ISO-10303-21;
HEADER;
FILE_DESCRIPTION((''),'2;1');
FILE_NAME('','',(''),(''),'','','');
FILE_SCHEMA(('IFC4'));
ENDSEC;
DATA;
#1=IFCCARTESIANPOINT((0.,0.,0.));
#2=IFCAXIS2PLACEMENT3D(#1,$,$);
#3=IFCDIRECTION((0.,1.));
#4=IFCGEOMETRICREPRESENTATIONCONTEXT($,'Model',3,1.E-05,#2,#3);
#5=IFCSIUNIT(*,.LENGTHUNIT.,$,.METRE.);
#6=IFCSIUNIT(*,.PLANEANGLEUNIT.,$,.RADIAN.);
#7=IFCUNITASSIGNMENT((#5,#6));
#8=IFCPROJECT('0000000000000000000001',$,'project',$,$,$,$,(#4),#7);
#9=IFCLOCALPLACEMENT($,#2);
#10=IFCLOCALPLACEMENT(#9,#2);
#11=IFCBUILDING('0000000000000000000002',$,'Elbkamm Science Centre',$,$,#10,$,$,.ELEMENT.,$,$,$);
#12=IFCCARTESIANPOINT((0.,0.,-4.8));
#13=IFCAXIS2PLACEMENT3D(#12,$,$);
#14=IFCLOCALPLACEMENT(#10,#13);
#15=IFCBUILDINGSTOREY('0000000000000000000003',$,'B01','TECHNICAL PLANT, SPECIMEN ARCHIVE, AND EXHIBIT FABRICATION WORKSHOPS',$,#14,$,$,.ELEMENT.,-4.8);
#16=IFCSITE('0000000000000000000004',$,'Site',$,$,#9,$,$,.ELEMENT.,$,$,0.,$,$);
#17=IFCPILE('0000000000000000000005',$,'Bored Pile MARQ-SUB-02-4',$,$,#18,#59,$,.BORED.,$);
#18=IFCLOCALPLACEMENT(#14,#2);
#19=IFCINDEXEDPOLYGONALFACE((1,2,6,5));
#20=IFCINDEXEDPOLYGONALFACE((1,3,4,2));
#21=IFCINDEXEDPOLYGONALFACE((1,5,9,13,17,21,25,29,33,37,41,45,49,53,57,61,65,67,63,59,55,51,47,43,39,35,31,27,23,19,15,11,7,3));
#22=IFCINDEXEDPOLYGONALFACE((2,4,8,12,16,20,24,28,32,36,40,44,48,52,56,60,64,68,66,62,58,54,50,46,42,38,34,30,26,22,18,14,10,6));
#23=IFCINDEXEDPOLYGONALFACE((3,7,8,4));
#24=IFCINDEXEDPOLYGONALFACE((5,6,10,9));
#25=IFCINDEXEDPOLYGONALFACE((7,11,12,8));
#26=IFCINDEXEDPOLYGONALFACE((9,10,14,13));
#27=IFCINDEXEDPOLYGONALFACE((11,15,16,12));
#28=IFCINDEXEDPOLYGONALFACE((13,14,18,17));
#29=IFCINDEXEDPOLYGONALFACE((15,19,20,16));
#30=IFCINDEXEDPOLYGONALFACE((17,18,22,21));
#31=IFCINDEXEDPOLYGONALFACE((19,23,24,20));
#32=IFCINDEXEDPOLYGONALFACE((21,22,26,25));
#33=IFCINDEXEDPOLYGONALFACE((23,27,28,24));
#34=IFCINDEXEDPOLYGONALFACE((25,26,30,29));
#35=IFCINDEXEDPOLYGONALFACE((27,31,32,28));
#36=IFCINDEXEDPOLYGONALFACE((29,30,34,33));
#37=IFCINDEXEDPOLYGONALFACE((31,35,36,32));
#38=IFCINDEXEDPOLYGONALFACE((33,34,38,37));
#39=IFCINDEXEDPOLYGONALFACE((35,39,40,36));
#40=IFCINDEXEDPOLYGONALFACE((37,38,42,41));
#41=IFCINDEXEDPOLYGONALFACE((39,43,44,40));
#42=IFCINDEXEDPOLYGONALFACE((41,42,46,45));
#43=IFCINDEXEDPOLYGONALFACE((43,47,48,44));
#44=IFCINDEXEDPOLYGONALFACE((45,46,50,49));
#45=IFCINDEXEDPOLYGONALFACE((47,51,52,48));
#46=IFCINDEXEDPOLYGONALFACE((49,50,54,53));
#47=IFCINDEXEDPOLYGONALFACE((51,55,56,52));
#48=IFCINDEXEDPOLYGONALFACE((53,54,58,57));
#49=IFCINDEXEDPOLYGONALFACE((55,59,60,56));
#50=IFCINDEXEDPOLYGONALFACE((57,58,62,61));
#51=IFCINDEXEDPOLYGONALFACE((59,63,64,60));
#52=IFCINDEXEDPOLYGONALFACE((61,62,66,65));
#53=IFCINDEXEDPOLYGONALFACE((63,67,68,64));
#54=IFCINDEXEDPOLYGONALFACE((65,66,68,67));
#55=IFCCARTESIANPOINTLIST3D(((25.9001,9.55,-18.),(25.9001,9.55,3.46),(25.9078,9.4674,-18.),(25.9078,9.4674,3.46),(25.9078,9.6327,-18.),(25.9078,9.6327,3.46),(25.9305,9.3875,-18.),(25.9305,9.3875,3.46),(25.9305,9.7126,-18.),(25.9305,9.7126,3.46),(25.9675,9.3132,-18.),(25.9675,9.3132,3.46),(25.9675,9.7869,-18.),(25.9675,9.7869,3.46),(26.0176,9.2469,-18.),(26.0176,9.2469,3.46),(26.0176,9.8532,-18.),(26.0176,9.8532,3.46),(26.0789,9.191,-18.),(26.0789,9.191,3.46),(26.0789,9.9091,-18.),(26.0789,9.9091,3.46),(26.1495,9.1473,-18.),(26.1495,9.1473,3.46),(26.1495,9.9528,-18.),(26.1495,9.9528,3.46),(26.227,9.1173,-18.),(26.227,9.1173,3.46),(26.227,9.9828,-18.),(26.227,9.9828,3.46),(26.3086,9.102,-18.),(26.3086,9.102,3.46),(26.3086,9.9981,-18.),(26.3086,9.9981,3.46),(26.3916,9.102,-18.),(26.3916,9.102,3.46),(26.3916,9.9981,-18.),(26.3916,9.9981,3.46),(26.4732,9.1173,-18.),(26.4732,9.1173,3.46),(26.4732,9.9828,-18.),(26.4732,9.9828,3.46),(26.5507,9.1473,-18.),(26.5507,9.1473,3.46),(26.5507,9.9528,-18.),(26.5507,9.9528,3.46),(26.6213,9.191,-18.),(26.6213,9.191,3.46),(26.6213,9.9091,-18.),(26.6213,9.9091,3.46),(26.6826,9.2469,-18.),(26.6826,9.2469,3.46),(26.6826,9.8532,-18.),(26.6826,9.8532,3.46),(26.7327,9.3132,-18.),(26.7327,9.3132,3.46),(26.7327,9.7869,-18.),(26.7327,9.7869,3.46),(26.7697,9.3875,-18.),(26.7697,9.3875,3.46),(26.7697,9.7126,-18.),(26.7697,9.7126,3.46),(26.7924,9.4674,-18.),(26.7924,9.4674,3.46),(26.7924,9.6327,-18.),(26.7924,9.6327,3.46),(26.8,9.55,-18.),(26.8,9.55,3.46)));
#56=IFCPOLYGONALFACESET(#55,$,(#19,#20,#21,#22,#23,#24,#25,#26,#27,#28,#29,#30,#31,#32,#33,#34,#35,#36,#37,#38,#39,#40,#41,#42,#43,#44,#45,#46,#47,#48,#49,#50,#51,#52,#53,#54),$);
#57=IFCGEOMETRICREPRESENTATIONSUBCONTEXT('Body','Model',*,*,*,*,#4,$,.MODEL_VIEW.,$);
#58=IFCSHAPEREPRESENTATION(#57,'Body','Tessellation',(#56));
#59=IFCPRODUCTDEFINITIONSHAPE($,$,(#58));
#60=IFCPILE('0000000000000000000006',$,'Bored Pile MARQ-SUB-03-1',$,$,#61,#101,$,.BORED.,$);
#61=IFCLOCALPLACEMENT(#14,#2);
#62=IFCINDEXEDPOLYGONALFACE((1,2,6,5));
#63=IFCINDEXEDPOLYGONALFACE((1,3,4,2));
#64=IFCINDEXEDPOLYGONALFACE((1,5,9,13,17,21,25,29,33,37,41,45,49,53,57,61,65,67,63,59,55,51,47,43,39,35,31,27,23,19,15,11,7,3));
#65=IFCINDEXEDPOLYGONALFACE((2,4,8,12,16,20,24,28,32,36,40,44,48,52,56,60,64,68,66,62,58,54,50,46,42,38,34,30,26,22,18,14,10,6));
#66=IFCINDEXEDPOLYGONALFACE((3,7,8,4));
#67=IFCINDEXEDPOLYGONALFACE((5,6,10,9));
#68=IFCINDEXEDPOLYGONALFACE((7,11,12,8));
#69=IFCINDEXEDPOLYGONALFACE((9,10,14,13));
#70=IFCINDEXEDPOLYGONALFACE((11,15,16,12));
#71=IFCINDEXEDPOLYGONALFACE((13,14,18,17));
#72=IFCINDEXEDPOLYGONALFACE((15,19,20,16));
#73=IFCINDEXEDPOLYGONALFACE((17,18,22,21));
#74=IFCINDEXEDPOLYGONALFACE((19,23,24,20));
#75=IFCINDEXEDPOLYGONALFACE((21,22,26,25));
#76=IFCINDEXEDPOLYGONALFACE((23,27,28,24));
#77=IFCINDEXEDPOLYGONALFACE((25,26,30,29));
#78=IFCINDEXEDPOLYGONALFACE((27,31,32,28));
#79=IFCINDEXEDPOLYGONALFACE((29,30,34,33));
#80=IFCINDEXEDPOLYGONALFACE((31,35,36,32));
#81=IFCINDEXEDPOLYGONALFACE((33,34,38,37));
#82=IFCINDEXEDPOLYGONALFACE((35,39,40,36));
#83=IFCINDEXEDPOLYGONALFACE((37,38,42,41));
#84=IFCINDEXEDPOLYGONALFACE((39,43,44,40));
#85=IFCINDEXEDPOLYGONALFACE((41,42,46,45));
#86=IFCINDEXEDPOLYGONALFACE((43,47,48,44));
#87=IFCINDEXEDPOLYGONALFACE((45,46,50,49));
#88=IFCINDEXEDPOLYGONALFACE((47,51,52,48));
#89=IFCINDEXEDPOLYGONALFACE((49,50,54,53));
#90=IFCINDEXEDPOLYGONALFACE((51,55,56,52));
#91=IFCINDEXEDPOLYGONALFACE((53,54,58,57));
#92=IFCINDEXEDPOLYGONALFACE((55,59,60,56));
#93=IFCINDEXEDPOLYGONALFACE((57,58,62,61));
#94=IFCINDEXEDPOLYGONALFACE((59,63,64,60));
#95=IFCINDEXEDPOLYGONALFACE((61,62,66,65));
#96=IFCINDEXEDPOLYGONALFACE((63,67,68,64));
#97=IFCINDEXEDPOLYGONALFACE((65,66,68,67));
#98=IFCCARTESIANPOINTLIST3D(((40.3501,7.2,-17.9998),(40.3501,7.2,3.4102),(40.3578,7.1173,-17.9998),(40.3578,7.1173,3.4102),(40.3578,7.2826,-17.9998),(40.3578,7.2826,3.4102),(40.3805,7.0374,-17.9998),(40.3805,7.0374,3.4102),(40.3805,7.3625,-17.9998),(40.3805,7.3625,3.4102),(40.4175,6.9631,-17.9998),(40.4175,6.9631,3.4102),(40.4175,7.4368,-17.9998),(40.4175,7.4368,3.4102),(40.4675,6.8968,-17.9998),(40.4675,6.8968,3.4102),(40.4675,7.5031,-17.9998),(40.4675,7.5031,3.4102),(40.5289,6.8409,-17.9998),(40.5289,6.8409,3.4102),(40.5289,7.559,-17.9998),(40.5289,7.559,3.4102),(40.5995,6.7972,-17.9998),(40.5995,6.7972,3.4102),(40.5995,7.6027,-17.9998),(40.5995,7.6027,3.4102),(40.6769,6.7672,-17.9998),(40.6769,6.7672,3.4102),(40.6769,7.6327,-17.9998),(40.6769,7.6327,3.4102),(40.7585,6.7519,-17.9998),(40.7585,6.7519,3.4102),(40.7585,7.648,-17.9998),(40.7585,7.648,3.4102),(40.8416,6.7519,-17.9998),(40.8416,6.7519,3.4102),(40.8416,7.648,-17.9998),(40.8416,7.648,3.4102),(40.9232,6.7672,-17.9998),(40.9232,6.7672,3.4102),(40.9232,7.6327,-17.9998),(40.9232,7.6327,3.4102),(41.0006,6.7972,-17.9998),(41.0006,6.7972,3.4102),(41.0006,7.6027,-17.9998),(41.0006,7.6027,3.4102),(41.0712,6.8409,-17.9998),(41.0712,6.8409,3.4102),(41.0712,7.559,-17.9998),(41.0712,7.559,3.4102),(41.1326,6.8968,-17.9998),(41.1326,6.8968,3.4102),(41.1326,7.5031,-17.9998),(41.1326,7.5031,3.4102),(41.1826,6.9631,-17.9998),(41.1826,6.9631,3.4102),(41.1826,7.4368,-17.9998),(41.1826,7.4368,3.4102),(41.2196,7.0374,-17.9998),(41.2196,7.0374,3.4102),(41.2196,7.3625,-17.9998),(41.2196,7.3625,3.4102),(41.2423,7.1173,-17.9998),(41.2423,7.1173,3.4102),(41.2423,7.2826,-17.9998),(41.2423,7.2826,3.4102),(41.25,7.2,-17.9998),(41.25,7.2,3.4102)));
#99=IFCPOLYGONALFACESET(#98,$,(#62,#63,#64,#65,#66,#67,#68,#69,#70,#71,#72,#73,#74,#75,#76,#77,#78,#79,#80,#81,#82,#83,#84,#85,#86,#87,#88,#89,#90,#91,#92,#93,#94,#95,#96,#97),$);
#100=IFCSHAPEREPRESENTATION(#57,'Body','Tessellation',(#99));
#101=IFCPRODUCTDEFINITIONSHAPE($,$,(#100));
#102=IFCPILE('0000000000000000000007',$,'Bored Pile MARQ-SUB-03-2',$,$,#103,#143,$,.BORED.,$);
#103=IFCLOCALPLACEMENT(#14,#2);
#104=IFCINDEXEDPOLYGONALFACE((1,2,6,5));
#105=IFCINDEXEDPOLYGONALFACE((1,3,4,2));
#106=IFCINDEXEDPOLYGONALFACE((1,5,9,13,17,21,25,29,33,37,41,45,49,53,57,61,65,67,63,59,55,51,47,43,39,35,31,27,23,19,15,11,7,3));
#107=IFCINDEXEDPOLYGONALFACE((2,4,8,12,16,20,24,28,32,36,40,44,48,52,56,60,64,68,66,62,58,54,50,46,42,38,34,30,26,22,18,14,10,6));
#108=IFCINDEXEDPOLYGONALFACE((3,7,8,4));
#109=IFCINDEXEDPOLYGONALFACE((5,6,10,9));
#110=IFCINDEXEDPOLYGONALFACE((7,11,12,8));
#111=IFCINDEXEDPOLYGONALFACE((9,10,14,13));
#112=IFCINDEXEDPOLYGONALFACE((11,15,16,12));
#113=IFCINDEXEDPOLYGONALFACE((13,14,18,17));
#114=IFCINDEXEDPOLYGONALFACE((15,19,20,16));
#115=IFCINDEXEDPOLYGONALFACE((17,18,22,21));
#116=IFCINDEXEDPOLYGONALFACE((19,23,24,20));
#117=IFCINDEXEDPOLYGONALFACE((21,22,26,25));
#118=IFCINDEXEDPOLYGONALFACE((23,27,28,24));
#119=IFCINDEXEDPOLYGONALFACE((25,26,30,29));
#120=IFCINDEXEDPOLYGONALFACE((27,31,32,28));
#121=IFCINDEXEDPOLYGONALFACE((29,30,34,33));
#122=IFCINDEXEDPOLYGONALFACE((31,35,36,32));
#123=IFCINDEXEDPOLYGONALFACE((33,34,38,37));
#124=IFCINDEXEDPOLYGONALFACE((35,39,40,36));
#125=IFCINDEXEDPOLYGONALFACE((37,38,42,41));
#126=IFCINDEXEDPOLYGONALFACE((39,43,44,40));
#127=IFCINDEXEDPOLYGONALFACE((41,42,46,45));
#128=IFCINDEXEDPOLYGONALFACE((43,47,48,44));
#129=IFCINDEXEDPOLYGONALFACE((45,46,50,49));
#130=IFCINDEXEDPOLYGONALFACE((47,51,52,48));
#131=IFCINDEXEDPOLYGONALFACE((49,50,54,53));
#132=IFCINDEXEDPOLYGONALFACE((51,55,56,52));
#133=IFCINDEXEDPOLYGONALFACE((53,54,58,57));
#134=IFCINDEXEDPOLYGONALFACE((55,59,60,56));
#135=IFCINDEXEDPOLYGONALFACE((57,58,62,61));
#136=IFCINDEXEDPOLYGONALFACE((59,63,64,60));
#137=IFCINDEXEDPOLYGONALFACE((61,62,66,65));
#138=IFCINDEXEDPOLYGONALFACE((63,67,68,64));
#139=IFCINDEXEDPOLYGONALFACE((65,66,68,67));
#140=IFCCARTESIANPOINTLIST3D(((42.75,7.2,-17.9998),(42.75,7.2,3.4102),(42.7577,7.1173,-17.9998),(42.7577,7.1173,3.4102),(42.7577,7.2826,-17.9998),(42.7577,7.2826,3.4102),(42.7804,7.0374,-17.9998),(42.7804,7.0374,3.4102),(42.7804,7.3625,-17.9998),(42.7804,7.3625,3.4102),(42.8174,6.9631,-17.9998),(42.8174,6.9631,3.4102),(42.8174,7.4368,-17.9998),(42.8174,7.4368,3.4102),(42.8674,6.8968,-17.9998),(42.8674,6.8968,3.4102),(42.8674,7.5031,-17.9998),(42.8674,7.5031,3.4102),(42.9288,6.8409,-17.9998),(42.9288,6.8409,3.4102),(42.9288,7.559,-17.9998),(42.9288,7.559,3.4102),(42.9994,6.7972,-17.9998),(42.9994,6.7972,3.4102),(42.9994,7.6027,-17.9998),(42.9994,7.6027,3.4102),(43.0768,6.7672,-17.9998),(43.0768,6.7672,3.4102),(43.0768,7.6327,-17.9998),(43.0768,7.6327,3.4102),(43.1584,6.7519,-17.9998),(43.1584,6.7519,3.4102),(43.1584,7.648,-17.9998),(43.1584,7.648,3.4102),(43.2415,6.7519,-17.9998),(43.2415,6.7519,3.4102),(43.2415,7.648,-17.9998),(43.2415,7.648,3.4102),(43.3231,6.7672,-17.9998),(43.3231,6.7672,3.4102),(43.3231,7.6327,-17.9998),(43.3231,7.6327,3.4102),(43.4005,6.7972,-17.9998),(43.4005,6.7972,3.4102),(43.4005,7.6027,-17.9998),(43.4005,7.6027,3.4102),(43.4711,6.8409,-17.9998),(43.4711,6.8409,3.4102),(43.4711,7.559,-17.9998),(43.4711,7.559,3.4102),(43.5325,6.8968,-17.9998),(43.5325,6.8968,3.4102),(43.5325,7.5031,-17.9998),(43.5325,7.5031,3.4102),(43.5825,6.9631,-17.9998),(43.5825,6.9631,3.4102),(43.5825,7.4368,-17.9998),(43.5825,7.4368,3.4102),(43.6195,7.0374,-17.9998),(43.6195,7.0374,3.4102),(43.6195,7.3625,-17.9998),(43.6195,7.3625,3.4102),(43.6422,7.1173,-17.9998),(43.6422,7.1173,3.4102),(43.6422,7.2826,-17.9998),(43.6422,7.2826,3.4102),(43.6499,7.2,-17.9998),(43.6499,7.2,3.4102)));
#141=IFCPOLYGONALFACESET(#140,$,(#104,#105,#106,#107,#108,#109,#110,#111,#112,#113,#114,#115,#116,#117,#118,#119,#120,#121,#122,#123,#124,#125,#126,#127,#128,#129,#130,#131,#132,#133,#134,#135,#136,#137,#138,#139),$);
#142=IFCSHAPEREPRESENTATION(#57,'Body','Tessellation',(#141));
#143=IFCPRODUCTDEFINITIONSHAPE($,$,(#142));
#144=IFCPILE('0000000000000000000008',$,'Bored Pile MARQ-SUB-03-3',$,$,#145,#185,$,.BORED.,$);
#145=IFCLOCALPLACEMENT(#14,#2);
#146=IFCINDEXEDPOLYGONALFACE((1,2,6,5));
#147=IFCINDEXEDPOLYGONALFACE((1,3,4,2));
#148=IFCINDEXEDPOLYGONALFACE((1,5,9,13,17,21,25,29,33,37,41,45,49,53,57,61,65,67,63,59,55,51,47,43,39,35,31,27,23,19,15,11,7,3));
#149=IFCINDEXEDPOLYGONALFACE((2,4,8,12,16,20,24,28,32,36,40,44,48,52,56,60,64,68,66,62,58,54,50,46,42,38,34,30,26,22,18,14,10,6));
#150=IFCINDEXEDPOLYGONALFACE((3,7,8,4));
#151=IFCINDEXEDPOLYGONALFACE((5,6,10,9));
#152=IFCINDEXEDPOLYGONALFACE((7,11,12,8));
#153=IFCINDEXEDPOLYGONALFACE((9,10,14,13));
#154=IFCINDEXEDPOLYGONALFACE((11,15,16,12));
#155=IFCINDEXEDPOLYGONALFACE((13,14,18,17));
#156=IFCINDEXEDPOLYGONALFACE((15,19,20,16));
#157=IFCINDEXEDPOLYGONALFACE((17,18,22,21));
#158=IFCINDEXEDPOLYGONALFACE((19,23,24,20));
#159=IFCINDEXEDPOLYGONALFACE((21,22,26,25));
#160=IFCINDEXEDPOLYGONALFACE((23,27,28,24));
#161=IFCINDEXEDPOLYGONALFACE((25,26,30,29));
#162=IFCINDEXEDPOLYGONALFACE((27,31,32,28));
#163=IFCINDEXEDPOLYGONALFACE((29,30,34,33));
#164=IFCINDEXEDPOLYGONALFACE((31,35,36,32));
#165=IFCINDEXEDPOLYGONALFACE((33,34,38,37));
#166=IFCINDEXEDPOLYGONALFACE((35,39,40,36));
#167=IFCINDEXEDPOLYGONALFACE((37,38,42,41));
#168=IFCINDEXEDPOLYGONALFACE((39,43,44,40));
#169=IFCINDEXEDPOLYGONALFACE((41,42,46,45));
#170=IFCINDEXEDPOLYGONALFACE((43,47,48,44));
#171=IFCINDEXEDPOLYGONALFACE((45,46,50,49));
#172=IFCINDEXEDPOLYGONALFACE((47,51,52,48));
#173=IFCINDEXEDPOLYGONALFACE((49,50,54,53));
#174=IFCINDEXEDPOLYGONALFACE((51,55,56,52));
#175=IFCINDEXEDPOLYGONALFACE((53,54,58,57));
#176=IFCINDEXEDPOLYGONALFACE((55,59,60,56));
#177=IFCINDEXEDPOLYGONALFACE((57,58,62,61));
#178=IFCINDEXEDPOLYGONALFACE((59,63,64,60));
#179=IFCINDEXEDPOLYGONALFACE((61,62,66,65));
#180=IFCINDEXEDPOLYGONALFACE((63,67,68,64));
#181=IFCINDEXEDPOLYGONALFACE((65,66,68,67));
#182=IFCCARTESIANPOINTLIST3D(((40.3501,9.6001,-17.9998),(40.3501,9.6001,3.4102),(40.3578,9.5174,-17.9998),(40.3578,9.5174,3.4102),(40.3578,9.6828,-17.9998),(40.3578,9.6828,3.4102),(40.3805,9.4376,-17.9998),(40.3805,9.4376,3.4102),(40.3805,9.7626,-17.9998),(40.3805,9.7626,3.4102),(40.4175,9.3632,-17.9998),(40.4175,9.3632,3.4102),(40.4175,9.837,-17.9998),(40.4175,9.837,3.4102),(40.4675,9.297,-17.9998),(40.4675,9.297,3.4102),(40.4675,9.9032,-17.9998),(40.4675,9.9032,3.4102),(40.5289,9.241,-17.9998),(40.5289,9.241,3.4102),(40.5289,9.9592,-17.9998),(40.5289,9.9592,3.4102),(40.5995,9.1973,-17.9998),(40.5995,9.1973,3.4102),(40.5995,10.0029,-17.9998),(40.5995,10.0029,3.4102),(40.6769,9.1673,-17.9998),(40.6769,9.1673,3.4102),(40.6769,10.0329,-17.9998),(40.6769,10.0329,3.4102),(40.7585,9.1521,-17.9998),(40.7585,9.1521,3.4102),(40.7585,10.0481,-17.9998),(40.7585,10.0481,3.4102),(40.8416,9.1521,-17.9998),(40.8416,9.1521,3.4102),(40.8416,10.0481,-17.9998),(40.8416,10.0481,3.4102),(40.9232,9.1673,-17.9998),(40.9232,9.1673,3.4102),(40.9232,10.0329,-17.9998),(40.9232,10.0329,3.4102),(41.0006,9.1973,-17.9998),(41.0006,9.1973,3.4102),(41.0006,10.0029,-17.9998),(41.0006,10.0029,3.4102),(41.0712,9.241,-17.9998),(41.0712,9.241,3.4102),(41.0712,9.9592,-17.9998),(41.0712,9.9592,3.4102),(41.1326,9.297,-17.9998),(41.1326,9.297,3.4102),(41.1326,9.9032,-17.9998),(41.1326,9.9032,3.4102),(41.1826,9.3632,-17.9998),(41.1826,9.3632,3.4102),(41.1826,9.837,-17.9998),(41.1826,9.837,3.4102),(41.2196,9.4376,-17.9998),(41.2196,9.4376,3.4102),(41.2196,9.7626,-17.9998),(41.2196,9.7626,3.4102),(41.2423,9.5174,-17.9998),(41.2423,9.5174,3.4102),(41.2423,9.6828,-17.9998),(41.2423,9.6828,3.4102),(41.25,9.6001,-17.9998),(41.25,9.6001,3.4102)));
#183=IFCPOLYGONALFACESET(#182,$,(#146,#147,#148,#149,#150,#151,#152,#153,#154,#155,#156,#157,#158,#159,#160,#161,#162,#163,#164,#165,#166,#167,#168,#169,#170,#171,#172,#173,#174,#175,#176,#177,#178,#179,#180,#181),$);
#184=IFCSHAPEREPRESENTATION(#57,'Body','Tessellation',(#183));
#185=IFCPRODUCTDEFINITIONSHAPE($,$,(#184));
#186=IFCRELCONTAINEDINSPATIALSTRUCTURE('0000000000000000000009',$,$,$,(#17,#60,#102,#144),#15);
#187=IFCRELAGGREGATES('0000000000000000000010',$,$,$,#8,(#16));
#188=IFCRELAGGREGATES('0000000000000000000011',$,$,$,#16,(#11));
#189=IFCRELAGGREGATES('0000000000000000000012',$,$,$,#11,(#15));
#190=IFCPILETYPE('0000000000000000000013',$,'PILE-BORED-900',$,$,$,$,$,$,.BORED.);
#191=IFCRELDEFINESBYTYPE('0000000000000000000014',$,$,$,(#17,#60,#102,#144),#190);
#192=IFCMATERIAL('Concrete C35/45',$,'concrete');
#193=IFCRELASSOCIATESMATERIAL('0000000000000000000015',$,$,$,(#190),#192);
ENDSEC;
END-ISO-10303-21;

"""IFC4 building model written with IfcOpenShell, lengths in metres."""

from ifc_helpers import new_model, si_unit, direction, frame, origin, origin_2d, place, context, subcontext, project, spatial, circle, extrude, material, material_profile, profile_set, type_object, element, save


model = new_model("IFC4")

# Units and contexts
model_context = context("Model", 3, precision=1e-05, world=origin(), true_north=direction((0.0, 1.0)))
body_context = subcontext(model_context, "Body", "Model", "MODEL_VIEW")
ifc_project = project(units=[si_unit("LENGTHUNIT", "METRE"), si_unit("PLANEANGLEUNIT", "RADIAN")], contexts=[model_context])

# Site, building, storey
site_placement = place(None, origin())
site = spatial("IfcSite", under=ifc_project, at=site_placement, Name="Site", CompositionType="ELEMENT", RefElevation=0.0)
building_placement = place(site_placement, origin())
building = spatial("IfcBuilding", under=site, at=building_placement, Name="Elbkamm Science Centre", CompositionType="ELEMENT")
storey_placement = place(building_placement, frame((0.0, 0.0, -4.8)))
storey = spatial("IfcBuildingStorey", under=building, at=storey_placement, Name="B01", Description="TECHNICAL PLANT, SPECIMEN ARCHIVE, AND EXHIBIT FABRICATION WORKSHOPS", CompositionType="ELEMENT", Elevation=-4.8)

# Shared definitions
ifc_material_1 = material(Name="Concrete C35/45", Category="concrete")

# Piles
ifc_material_profile_1 = material_profile(ifc_material_1, circle(Radius=0.45, at=origin_2d()), Name="PILE D900")
ifc_profile_set_1 = profile_set([ifc_material_profile_1], Name="Concrete C35/45")
pile_type = type_object("IfcPileType", Name="PILE-BORED-900", PredefinedType="BORED", material=ifc_profile_set_1)
for number, where, z_axis, x_axis, name in (
    (1, (26.3501, 9.55, 3.46), (0.0, 0.0, -1.0), (1.0, 0.0, 0.0), "Bored Pile MARQ-SUB-02-4"),
):
    element("IfcPile", number, at=place(storey_placement, frame(where, z_axis=z_axis, x_axis=x_axis)), inside=storey, type_object=pile_type, Name=name, PredefinedType="BORED", context=body_context, shape_type="SweptSolid", body=[
        extrude(circle(Radius=0.45, at=origin_2d()), origin(), (0.0, 0.0, 1.0), 21.46),
    ])
for number, where, z_axis, x_axis, name in (
    (2, (40.8, 7.2, 3.4102), (0.0, 0.0, -1.0), (1.0, 0.0, 0.0), "Bored Pile MARQ-SUB-03-1"),
    (3, (43.2, 7.2, 3.4102), (0.0, 0.0, -1.0), (1.0, 0.0, 0.0), "Bored Pile MARQ-SUB-03-2"),
    (4, (40.8, 9.6001, 3.4102), (0.0, 0.0, -1.0), (1.0, 0.0, 0.0), "Bored Pile MARQ-SUB-03-3"),
):
    element("IfcPile", number, at=place(storey_placement, frame(where, z_axis=z_axis, x_axis=x_axis)), inside=storey, type_object=pile_type, Name=name, PredefinedType="BORED", context=body_context, shape_type="SweptSolid", body=[
        extrude(circle(Radius=0.45, at=origin_2d()), origin(), (0.0, 0.0, 1.0), 21.4099),
    ])

save(model, "model.ifc")
